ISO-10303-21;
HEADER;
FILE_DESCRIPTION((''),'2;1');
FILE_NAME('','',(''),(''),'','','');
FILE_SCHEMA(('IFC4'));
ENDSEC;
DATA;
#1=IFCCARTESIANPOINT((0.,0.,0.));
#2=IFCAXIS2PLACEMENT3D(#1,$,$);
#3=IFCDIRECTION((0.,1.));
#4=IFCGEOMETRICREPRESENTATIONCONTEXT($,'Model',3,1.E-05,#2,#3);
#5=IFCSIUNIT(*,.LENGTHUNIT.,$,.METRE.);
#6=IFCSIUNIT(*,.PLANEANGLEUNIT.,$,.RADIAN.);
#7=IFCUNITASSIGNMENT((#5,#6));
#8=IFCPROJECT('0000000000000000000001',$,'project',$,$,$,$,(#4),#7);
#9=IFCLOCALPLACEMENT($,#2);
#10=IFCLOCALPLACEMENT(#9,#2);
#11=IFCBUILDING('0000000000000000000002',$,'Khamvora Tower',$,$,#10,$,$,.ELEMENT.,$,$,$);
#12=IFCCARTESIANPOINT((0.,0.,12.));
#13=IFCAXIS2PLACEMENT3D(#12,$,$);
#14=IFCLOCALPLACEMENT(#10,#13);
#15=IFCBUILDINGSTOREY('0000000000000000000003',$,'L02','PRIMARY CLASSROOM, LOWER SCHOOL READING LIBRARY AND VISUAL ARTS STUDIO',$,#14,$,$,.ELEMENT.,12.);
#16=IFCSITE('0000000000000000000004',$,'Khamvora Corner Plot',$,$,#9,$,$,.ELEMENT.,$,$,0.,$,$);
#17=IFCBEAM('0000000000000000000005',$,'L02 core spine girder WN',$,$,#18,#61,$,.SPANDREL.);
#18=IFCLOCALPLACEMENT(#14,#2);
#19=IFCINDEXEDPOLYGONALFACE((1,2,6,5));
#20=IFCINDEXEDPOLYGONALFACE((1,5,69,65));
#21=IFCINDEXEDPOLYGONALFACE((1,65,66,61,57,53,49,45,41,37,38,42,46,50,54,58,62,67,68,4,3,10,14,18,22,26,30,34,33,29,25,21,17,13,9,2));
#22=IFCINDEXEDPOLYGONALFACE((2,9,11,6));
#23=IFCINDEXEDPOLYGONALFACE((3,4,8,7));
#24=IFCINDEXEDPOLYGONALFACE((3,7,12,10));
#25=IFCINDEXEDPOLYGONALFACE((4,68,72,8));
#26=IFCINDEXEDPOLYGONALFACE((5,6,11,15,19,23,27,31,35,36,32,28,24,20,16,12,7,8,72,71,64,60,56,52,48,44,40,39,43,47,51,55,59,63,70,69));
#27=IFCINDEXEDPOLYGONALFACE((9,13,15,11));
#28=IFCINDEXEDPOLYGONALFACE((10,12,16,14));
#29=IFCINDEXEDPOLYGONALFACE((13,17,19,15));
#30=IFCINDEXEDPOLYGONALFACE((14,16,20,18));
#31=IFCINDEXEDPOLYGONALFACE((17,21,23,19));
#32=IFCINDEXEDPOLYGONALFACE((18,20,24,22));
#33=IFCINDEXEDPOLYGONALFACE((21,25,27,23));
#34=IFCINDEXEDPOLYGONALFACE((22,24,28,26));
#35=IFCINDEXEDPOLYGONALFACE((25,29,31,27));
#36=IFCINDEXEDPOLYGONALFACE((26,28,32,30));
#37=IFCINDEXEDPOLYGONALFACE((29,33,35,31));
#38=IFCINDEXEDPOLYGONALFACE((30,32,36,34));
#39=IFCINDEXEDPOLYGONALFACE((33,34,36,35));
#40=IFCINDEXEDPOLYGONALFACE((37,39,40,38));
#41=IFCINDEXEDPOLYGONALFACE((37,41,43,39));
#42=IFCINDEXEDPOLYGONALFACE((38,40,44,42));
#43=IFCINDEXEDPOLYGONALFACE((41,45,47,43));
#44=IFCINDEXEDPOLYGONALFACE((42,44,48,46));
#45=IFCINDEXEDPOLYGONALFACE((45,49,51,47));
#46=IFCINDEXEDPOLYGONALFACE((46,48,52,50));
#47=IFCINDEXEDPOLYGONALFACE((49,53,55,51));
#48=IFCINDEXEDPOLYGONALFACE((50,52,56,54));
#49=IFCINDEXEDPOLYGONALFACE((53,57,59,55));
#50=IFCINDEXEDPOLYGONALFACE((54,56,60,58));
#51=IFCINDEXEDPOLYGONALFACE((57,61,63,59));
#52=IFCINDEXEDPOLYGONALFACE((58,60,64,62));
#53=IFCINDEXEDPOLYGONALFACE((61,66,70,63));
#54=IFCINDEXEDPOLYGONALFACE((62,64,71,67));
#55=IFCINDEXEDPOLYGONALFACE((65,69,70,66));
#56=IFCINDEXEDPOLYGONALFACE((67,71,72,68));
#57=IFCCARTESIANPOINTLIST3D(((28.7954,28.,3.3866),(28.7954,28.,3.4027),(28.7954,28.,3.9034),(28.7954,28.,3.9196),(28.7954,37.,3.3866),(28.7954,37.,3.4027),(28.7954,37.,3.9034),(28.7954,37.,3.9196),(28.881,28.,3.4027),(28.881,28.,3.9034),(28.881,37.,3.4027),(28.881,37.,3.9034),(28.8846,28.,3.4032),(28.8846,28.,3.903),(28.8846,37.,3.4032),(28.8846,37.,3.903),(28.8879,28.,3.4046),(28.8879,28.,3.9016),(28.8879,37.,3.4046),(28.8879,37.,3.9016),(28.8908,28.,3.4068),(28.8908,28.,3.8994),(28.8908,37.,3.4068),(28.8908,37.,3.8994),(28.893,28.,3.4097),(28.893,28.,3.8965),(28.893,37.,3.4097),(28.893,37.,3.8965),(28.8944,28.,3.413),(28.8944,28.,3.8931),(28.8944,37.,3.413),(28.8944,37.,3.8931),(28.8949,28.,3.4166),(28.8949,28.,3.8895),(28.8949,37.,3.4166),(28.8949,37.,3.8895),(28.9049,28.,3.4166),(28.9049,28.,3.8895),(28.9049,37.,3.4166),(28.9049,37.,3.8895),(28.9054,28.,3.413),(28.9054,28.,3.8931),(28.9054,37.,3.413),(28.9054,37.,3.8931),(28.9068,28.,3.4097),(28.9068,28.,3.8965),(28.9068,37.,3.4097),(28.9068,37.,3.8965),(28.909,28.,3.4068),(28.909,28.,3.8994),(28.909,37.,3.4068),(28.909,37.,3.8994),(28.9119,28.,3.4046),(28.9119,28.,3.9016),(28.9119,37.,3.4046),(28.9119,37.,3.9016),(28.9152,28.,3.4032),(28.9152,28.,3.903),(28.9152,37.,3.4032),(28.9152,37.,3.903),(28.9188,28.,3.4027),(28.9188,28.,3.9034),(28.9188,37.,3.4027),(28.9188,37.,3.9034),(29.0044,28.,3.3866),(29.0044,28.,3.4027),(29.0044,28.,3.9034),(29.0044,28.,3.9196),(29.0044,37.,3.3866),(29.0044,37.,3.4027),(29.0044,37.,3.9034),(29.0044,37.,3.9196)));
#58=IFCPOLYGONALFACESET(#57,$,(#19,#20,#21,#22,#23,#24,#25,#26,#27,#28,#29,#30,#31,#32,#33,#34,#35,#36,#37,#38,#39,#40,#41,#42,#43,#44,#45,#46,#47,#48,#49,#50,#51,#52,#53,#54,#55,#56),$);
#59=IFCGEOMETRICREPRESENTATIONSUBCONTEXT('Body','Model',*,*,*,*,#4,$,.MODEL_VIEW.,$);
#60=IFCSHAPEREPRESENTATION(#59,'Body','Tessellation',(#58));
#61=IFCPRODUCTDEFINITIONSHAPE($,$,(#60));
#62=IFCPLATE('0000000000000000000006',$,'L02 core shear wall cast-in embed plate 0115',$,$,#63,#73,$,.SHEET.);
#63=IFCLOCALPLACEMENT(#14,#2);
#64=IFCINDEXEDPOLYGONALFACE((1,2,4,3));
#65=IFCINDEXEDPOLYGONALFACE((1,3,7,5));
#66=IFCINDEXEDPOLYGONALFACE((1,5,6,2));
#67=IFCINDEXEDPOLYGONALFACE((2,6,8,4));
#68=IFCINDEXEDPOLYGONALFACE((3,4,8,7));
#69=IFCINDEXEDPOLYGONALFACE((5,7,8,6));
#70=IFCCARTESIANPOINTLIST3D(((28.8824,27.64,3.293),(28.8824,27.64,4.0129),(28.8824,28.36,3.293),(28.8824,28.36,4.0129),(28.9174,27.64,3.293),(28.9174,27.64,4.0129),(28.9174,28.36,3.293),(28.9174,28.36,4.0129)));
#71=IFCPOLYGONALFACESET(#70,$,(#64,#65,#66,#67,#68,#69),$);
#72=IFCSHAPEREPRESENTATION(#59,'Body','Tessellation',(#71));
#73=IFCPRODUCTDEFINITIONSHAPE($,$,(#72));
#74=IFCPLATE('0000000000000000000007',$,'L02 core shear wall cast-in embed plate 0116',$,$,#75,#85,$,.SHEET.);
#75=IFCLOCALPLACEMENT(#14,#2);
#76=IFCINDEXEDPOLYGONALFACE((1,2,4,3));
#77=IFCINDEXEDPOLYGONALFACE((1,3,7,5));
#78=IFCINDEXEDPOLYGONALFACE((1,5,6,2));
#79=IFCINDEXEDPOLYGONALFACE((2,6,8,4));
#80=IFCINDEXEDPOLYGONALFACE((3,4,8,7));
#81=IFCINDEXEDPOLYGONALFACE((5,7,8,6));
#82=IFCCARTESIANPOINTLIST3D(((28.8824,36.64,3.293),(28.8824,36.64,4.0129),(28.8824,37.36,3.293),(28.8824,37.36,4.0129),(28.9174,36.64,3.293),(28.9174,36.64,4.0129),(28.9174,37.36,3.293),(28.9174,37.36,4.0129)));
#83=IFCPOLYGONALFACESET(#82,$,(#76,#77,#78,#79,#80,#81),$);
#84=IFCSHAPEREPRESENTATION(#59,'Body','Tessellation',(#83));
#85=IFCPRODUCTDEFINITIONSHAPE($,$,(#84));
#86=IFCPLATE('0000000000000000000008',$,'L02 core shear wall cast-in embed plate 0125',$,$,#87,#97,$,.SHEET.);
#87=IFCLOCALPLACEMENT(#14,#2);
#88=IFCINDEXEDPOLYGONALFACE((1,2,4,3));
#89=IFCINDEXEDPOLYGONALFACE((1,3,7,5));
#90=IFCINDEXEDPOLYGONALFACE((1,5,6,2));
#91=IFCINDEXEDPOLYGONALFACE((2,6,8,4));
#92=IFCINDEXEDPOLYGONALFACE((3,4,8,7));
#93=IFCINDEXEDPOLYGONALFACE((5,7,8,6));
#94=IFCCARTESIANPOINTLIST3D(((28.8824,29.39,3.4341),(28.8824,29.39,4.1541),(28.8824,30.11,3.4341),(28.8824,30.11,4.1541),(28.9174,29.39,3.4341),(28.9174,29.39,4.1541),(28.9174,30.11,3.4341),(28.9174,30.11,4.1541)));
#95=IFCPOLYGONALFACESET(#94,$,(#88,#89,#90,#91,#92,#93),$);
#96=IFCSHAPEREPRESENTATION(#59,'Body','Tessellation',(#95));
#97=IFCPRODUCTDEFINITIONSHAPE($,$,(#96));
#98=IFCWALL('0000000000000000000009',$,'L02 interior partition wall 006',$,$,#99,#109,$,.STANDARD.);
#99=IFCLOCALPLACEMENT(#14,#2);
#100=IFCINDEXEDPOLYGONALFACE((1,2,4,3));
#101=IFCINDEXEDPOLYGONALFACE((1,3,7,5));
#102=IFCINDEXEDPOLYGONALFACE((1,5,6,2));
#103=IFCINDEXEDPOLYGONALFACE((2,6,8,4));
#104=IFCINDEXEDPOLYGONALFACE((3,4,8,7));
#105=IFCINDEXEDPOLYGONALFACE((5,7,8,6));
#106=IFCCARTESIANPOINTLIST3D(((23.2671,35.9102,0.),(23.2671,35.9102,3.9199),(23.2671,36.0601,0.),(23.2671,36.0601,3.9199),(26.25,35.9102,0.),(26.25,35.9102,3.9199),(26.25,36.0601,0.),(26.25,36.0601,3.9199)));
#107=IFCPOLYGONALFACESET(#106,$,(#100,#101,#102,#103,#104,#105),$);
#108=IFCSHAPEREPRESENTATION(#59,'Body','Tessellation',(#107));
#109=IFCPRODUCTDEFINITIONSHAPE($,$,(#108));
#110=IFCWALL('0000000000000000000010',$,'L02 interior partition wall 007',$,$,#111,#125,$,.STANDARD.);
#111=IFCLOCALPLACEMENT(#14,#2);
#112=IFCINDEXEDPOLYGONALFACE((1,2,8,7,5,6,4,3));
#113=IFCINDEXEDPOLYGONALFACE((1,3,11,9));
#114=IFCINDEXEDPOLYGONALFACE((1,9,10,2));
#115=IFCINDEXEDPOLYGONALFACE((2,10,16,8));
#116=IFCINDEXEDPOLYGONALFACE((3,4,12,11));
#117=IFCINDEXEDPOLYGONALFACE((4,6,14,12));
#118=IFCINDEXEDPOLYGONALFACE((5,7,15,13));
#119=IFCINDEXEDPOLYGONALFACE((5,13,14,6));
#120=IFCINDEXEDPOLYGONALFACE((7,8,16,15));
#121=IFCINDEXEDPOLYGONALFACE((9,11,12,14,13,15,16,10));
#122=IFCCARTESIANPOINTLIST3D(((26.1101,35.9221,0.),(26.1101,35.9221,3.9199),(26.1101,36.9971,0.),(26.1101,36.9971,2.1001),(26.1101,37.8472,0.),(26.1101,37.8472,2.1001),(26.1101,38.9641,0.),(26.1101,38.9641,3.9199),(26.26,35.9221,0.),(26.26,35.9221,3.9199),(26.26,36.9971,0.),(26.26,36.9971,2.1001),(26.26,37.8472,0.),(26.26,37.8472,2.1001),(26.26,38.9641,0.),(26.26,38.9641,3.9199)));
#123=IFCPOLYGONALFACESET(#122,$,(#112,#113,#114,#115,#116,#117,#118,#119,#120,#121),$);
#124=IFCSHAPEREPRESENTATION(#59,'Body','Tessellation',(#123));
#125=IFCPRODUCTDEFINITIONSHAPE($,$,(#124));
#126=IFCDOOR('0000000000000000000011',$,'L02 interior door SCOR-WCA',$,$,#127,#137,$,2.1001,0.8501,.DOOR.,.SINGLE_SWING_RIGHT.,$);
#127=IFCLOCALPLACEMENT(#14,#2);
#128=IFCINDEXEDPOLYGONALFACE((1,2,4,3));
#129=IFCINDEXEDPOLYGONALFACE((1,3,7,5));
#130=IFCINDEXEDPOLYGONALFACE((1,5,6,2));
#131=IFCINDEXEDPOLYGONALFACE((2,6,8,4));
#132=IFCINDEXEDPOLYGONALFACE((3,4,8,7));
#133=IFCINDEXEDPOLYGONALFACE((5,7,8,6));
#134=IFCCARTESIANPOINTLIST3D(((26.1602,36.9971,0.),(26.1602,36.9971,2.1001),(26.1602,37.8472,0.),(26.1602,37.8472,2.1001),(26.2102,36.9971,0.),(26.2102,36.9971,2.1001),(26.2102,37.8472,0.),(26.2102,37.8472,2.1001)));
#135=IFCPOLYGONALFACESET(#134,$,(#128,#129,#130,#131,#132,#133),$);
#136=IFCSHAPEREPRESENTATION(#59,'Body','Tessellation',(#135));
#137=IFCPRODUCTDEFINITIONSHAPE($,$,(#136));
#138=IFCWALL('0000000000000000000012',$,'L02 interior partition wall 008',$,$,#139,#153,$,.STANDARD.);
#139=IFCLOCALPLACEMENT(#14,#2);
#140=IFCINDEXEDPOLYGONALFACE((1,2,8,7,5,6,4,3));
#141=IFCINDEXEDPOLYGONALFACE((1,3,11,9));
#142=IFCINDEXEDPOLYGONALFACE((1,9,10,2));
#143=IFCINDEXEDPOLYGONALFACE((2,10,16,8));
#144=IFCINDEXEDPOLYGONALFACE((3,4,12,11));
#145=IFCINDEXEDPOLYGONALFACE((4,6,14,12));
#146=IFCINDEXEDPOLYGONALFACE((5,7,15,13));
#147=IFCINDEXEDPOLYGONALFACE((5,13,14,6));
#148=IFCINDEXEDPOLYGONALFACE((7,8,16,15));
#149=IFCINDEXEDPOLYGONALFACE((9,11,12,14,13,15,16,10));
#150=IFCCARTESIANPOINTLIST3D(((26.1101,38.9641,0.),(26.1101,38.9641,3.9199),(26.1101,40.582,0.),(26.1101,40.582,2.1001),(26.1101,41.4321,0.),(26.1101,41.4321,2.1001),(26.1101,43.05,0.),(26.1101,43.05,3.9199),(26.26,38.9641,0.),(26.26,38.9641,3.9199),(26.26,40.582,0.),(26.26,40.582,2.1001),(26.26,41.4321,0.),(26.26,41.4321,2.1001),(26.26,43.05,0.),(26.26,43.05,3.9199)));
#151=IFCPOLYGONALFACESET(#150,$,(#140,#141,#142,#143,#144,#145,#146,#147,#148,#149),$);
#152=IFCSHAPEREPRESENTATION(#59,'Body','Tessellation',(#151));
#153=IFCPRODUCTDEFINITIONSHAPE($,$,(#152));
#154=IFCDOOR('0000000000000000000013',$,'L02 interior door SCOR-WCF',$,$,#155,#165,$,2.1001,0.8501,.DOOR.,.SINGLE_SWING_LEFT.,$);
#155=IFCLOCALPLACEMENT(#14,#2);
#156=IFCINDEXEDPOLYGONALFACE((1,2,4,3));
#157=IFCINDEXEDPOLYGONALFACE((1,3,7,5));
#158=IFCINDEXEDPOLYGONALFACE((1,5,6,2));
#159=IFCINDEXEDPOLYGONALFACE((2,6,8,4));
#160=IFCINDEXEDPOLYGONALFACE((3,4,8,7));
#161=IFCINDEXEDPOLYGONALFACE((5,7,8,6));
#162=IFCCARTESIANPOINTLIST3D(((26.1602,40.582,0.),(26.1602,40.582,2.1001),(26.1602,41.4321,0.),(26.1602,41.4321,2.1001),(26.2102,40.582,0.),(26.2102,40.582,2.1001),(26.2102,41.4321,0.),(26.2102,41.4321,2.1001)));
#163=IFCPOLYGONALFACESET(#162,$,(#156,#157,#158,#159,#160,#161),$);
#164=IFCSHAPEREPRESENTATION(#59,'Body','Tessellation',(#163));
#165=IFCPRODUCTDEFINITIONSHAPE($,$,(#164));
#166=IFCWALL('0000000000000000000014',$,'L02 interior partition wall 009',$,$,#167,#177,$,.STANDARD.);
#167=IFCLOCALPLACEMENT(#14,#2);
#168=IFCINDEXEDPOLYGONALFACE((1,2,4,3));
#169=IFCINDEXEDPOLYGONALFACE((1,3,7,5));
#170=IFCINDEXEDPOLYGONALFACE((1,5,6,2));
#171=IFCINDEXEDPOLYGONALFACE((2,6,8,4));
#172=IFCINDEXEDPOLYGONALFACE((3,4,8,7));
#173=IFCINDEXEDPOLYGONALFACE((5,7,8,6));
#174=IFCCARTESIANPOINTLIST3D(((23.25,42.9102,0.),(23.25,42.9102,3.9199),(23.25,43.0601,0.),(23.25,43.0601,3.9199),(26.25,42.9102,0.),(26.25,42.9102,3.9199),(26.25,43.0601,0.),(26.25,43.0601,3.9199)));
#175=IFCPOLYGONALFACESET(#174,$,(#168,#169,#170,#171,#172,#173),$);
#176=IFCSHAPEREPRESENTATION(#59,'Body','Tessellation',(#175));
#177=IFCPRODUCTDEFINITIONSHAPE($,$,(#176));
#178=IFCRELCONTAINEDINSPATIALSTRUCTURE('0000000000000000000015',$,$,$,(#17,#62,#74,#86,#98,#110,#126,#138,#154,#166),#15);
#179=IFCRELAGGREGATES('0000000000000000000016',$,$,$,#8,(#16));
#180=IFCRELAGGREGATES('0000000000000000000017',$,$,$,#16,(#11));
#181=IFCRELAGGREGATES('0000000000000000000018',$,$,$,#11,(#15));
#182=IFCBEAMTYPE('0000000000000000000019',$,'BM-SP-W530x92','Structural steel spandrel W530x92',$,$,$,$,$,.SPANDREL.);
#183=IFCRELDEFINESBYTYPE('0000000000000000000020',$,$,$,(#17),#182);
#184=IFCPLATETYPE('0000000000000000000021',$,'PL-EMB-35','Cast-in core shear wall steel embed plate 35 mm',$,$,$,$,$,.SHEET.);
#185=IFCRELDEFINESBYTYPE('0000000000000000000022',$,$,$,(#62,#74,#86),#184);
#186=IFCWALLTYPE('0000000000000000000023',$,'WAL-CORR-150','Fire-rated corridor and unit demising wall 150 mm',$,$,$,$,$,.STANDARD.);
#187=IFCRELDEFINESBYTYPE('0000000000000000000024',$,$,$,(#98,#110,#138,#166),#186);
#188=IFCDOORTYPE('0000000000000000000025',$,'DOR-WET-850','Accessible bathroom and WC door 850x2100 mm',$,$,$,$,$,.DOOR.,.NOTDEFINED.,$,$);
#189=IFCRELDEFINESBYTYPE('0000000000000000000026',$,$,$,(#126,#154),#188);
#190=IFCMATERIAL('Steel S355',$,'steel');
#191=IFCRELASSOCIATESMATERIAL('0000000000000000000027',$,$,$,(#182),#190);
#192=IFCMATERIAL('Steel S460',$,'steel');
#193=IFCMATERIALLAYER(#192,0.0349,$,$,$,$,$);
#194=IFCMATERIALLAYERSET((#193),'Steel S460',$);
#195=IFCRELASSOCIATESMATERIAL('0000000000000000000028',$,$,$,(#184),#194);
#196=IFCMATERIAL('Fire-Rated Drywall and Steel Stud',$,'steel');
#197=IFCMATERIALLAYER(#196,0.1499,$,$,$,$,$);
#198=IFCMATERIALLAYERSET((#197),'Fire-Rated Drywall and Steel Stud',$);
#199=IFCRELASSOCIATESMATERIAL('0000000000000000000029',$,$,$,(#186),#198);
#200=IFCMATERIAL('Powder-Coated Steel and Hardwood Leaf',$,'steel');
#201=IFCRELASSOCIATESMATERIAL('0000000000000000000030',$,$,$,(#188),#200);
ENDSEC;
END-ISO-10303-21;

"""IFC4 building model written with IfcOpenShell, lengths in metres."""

from ifc_helpers import new_model, si_unit, direction, frame, frame_2d, origin, origin_2d, place, context, subcontext, project, spatial, rectangle, i_section, extrude, material, layer, layer_set, material_profile, profile_set, type_object, element, fill, save


model = new_model("IFC4")

# Units and contexts
model_context = context("Model", 3, precision=1e-05, world=origin(), true_north=direction((0.0, 1.0)))
body_context = subcontext(model_context, "Body", "Model", "MODEL_VIEW")
ifc_project = project(units=[si_unit("LENGTHUNIT", "METRE"), si_unit("PLANEANGLEUNIT", "RADIAN")], contexts=[model_context])

# Site, building, storey
site_placement = place(None, origin())
site = spatial("IfcSite", under=ifc_project, at=site_placement, Name="Khamvora Corner Plot", CompositionType="ELEMENT", RefElevation=0.0)
building_placement = place(site_placement, origin())
building = spatial("IfcBuilding", under=site, at=building_placement, Name="Khamvora Tower", CompositionType="ELEMENT")
storey_placement = place(building_placement, frame((0.0, 0.0, 12.0)))
storey = spatial("IfcBuildingStorey", under=building, at=storey_placement, Name="L02", Description="PRIMARY CLASSROOM, LOWER SCHOOL READING LIBRARY AND VISUAL ARTS STUDIO", CompositionType="ELEMENT", Elevation=12.0)

# Beam
ifc_material_1 = material(Name="Steel S355", Category="steel")
ifc_material_profile_1 = material_profile(ifc_material_1, i_section(OverallWidth=0.209, OverallDepth=0.533, WebThickness=0.01, FlangeThickness=0.0161, FilletRadius=0.0139, at=origin_2d()), Name="W530x92")
ifc_profile_set_1 = profile_set([ifc_material_profile_1], Name="Steel S355")
beam_type_1 = type_object("IfcBeamType", Name="BM-SP-W530x92", Description="Structural steel spandrel W530x92", PredefinedType="SPANDREL", material=ifc_profile_set_1)
beam_1_placement = place(storey_placement, frame((28.8999, 28.0, 3.6531), z_axis=(0.0, 1.0, 0.0), x_axis=(-1.0, 0.0, 0.0)))
element("IfcBeam", 1, at=beam_1_placement, inside=storey, type_object=beam_type_1, Name="L02 core spine girder WN", PredefinedType="SPANDREL", context=body_context, shape_type="SweptSolid", body=[
    extrude(i_section(OverallWidth=0.209, OverallDepth=0.533, WebThickness=0.01, FlangeThickness=0.0161, FilletRadius=0.0139, at=origin_2d()), origin(), (0.0, 0.0, 1.0), 9.0),
])

# Plates
ifc_material_2 = material(Name="Steel S460", Category="steel")
ifc_layer_1 = layer(ifc_material_2, 0.0349)
ifc_layer_set_1 = layer_set([ifc_layer_1], Name="Steel S460")
plate_type = type_object("IfcPlateType", Name="PL-EMB-35", Description="Cast-in core shear wall steel embed plate 35 mm", PredefinedType="SHEET", material=ifc_layer_set_1)
for number, where, z_axis, x_axis, name in (
    (2, (28.8999, 28.0, 3.293), (0.0, 0.0, 1.0), (1.0, 0.0, 0.0), "L02 core shear wall cast-in embed plate 0115"),
    (3, (28.8999, 37.0, 3.293), (0.0, 0.0, 1.0), (1.0, 0.0, 0.0), "L02 core shear wall cast-in embed plate 0116"),
    (4, (28.8999, 29.75, 3.4341), (0.0, 0.0, 1.0), (1.0, 0.0, 0.0), "L02 core shear wall cast-in embed plate 0125"),
):
    element("IfcPlate", number, at=place(storey_placement, frame(where, z_axis=z_axis, x_axis=x_axis)), inside=storey, type_object=plate_type, Name=name, PredefinedType="SHEET", context=body_context, shape_type="SweptSolid", body=[
        extrude(rectangle(XDim=0.0349, YDim=0.72, at=origin_2d()), origin(), (0.0, 0.0, 1.0), 0.72),
    ])

# Wall
ifc_material_3 = material(Name="Fire-Rated Drywall and Steel Stud", Category="steel")
ifc_layer_2 = layer(ifc_material_3, 0.1499)
ifc_layer_set_2 = layer_set([ifc_layer_2], Name="Fire-Rated Drywall and Steel Stud")
wall_type_1 = type_object("IfcWallType", Name="WAL-CORR-150", Description="Fire-rated corridor and unit demising wall 150 mm", PredefinedType="STANDARD", material=ifc_layer_set_2)
wall_1_placement = place(storey_placement, frame((23.2671, 35.9851, 0.0), z_axis=(0.0, 0.0, 1.0), x_axis=(1.0, 0.0, 0.0)))
element("IfcWall", 5, at=wall_1_placement, inside=storey, type_object=wall_type_1, Name="L02 interior partition wall 006", PredefinedType="STANDARD", context=body_context, shape_type="SweptSolid", body=[
    extrude(rectangle(XDim=2.9829, YDim=0.1499, at=frame_2d((1.4915, 0.0))), origin(), (0.0, 0.0, 1.0), 3.9199),
])

# Walls, openings, doors
wall_2_placement = place(storey_placement, frame((26.1851, 35.9221, 0.0), z_axis=(0.0, 0.0, 1.0), x_axis=(0.0, 1.0, 0.0)))
wall_2 = element("IfcWall", 6, at=wall_2_placement, inside=storey, type_object=wall_type_1, Name="L02 interior partition wall 007", PredefinedType="STANDARD", context=body_context, shape_type="SweptSolid", body=[
    extrude(rectangle(XDim=3.042, YDim=0.1499, at=frame_2d((1.521, 0.0))), origin(), (0.0, 0.0, 1.0), 3.9199),
])
opening_1_placement = place(wall_2_placement, frame((1.075, 0.0, 0.0)))
opening_1 = element("IfcOpeningElement", 7, at=opening_1_placement, cuts=wall_2, PredefinedType="OPENING", context=body_context, shape_type="SweptSolid", body=[
    extrude(rectangle(XDim=0.8501, YDim=2.1001, at=frame_2d((0.425, 1.05))), frame((0.0, 0.085, 0.0), z_axis=(0.0, -1.0, 0.0), x_axis=(1.0, 0.0, 0.0)), (0.0, 0.0, 1.0), 0.1699),
])
ifc_material_4 = material(Name="Powder-Coated Steel and Hardwood Leaf", Category="steel")
door_type_1 = type_object("IfcDoorType", Name="DOR-WET-850", Description="Accessible bathroom and WC door 850x2100 mm", OperationType="NOTDEFINED", PredefinedType="DOOR", material=ifc_material_4)
door_1_placement = place(opening_1_placement, origin())
door_1 = element("IfcDoor", 8, at=door_1_placement, inside=storey, type_object=door_type_1, Name="L02 interior door SCOR-WCA", OperationType="SINGLE_SWING_RIGHT", OverallHeight=2.1001, OverallWidth=0.8501, PredefinedType="DOOR", context=body_context, shape_type="SweptSolid", body=[
    extrude(rectangle(XDim=0.8501, YDim=2.1001, at=frame_2d((0.425, 1.05))), frame((0.0, 0.0249, 0.0), z_axis=(0.0, -1.0, 0.0), x_axis=(1.0, 0.0, 0.0)), (0.0, 0.0, 1.0), 0.05),
])
fill(opening_1, door_1)
wall_3_placement = place(storey_placement, frame((26.1851, 38.9641, 0.0), z_axis=(0.0, 0.0, 1.0), x_axis=(0.0, 1.0, 0.0)))
wall_3 = element("IfcWall", 9, at=wall_3_placement, inside=storey, type_object=wall_type_1, Name="L02 interior partition wall 008", PredefinedType="STANDARD", context=body_context, shape_type="SweptSolid", body=[
    extrude(rectangle(XDim=4.0859, YDim=0.1499, at=frame_2d((2.043, 0.0))), origin(), (0.0, 0.0, 1.0), 3.9199),
])
opening_2_placement = place(wall_3_placement, frame((1.6179, 0.0, 0.0)))
opening_2 = element("IfcOpeningElement", 10, at=opening_2_placement, cuts=wall_3, PredefinedType="OPENING", context=body_context, shape_type="SweptSolid", body=[
    extrude(rectangle(XDim=0.8501, YDim=2.1001, at=frame_2d((0.425, 1.05))), frame((0.0, 0.085, 0.0), z_axis=(0.0, -1.0, 0.0), x_axis=(1.0, 0.0, 0.0)), (0.0, 0.0, 1.0), 0.1699),
])
door_2_placement = place(opening_2_placement, origin())
door_2 = element("IfcDoor", 11, at=door_2_placement, inside=storey, type_object=door_type_1, Name="L02 interior door SCOR-WCF", OperationType="SINGLE_SWING_LEFT", OverallHeight=2.1001, OverallWidth=0.8501, PredefinedType="DOOR", context=body_context, shape_type="SweptSolid", body=[
    extrude(rectangle(XDim=0.8501, YDim=2.1001, at=frame_2d((0.425, 1.05))), frame((0.0, 0.0249, 0.0), z_axis=(0.0, -1.0, 0.0), x_axis=(1.0, 0.0, 0.0)), (0.0, 0.0, 1.0), 0.05),
])
fill(opening_2, door_2)

# Wall
wall_4_placement = place(storey_placement, frame((26.25, 42.9851, 0.0), z_axis=(0.0, 0.0, 1.0), x_axis=(-1.0, 0.0, 0.0)))
element("IfcWall", 12, at=wall_4_placement, inside=storey, type_object=wall_type_1, Name="L02 interior partition wall 009", PredefinedType="STANDARD", context=body_context, shape_type="SweptSolid", body=[
    extrude(rectangle(XDim=3.0, YDim=0.1499, at=frame_2d((1.5, 0.0))), origin(), (0.0, 0.0, 1.0), 3.9199),
])

save(model, "model.ifc")
